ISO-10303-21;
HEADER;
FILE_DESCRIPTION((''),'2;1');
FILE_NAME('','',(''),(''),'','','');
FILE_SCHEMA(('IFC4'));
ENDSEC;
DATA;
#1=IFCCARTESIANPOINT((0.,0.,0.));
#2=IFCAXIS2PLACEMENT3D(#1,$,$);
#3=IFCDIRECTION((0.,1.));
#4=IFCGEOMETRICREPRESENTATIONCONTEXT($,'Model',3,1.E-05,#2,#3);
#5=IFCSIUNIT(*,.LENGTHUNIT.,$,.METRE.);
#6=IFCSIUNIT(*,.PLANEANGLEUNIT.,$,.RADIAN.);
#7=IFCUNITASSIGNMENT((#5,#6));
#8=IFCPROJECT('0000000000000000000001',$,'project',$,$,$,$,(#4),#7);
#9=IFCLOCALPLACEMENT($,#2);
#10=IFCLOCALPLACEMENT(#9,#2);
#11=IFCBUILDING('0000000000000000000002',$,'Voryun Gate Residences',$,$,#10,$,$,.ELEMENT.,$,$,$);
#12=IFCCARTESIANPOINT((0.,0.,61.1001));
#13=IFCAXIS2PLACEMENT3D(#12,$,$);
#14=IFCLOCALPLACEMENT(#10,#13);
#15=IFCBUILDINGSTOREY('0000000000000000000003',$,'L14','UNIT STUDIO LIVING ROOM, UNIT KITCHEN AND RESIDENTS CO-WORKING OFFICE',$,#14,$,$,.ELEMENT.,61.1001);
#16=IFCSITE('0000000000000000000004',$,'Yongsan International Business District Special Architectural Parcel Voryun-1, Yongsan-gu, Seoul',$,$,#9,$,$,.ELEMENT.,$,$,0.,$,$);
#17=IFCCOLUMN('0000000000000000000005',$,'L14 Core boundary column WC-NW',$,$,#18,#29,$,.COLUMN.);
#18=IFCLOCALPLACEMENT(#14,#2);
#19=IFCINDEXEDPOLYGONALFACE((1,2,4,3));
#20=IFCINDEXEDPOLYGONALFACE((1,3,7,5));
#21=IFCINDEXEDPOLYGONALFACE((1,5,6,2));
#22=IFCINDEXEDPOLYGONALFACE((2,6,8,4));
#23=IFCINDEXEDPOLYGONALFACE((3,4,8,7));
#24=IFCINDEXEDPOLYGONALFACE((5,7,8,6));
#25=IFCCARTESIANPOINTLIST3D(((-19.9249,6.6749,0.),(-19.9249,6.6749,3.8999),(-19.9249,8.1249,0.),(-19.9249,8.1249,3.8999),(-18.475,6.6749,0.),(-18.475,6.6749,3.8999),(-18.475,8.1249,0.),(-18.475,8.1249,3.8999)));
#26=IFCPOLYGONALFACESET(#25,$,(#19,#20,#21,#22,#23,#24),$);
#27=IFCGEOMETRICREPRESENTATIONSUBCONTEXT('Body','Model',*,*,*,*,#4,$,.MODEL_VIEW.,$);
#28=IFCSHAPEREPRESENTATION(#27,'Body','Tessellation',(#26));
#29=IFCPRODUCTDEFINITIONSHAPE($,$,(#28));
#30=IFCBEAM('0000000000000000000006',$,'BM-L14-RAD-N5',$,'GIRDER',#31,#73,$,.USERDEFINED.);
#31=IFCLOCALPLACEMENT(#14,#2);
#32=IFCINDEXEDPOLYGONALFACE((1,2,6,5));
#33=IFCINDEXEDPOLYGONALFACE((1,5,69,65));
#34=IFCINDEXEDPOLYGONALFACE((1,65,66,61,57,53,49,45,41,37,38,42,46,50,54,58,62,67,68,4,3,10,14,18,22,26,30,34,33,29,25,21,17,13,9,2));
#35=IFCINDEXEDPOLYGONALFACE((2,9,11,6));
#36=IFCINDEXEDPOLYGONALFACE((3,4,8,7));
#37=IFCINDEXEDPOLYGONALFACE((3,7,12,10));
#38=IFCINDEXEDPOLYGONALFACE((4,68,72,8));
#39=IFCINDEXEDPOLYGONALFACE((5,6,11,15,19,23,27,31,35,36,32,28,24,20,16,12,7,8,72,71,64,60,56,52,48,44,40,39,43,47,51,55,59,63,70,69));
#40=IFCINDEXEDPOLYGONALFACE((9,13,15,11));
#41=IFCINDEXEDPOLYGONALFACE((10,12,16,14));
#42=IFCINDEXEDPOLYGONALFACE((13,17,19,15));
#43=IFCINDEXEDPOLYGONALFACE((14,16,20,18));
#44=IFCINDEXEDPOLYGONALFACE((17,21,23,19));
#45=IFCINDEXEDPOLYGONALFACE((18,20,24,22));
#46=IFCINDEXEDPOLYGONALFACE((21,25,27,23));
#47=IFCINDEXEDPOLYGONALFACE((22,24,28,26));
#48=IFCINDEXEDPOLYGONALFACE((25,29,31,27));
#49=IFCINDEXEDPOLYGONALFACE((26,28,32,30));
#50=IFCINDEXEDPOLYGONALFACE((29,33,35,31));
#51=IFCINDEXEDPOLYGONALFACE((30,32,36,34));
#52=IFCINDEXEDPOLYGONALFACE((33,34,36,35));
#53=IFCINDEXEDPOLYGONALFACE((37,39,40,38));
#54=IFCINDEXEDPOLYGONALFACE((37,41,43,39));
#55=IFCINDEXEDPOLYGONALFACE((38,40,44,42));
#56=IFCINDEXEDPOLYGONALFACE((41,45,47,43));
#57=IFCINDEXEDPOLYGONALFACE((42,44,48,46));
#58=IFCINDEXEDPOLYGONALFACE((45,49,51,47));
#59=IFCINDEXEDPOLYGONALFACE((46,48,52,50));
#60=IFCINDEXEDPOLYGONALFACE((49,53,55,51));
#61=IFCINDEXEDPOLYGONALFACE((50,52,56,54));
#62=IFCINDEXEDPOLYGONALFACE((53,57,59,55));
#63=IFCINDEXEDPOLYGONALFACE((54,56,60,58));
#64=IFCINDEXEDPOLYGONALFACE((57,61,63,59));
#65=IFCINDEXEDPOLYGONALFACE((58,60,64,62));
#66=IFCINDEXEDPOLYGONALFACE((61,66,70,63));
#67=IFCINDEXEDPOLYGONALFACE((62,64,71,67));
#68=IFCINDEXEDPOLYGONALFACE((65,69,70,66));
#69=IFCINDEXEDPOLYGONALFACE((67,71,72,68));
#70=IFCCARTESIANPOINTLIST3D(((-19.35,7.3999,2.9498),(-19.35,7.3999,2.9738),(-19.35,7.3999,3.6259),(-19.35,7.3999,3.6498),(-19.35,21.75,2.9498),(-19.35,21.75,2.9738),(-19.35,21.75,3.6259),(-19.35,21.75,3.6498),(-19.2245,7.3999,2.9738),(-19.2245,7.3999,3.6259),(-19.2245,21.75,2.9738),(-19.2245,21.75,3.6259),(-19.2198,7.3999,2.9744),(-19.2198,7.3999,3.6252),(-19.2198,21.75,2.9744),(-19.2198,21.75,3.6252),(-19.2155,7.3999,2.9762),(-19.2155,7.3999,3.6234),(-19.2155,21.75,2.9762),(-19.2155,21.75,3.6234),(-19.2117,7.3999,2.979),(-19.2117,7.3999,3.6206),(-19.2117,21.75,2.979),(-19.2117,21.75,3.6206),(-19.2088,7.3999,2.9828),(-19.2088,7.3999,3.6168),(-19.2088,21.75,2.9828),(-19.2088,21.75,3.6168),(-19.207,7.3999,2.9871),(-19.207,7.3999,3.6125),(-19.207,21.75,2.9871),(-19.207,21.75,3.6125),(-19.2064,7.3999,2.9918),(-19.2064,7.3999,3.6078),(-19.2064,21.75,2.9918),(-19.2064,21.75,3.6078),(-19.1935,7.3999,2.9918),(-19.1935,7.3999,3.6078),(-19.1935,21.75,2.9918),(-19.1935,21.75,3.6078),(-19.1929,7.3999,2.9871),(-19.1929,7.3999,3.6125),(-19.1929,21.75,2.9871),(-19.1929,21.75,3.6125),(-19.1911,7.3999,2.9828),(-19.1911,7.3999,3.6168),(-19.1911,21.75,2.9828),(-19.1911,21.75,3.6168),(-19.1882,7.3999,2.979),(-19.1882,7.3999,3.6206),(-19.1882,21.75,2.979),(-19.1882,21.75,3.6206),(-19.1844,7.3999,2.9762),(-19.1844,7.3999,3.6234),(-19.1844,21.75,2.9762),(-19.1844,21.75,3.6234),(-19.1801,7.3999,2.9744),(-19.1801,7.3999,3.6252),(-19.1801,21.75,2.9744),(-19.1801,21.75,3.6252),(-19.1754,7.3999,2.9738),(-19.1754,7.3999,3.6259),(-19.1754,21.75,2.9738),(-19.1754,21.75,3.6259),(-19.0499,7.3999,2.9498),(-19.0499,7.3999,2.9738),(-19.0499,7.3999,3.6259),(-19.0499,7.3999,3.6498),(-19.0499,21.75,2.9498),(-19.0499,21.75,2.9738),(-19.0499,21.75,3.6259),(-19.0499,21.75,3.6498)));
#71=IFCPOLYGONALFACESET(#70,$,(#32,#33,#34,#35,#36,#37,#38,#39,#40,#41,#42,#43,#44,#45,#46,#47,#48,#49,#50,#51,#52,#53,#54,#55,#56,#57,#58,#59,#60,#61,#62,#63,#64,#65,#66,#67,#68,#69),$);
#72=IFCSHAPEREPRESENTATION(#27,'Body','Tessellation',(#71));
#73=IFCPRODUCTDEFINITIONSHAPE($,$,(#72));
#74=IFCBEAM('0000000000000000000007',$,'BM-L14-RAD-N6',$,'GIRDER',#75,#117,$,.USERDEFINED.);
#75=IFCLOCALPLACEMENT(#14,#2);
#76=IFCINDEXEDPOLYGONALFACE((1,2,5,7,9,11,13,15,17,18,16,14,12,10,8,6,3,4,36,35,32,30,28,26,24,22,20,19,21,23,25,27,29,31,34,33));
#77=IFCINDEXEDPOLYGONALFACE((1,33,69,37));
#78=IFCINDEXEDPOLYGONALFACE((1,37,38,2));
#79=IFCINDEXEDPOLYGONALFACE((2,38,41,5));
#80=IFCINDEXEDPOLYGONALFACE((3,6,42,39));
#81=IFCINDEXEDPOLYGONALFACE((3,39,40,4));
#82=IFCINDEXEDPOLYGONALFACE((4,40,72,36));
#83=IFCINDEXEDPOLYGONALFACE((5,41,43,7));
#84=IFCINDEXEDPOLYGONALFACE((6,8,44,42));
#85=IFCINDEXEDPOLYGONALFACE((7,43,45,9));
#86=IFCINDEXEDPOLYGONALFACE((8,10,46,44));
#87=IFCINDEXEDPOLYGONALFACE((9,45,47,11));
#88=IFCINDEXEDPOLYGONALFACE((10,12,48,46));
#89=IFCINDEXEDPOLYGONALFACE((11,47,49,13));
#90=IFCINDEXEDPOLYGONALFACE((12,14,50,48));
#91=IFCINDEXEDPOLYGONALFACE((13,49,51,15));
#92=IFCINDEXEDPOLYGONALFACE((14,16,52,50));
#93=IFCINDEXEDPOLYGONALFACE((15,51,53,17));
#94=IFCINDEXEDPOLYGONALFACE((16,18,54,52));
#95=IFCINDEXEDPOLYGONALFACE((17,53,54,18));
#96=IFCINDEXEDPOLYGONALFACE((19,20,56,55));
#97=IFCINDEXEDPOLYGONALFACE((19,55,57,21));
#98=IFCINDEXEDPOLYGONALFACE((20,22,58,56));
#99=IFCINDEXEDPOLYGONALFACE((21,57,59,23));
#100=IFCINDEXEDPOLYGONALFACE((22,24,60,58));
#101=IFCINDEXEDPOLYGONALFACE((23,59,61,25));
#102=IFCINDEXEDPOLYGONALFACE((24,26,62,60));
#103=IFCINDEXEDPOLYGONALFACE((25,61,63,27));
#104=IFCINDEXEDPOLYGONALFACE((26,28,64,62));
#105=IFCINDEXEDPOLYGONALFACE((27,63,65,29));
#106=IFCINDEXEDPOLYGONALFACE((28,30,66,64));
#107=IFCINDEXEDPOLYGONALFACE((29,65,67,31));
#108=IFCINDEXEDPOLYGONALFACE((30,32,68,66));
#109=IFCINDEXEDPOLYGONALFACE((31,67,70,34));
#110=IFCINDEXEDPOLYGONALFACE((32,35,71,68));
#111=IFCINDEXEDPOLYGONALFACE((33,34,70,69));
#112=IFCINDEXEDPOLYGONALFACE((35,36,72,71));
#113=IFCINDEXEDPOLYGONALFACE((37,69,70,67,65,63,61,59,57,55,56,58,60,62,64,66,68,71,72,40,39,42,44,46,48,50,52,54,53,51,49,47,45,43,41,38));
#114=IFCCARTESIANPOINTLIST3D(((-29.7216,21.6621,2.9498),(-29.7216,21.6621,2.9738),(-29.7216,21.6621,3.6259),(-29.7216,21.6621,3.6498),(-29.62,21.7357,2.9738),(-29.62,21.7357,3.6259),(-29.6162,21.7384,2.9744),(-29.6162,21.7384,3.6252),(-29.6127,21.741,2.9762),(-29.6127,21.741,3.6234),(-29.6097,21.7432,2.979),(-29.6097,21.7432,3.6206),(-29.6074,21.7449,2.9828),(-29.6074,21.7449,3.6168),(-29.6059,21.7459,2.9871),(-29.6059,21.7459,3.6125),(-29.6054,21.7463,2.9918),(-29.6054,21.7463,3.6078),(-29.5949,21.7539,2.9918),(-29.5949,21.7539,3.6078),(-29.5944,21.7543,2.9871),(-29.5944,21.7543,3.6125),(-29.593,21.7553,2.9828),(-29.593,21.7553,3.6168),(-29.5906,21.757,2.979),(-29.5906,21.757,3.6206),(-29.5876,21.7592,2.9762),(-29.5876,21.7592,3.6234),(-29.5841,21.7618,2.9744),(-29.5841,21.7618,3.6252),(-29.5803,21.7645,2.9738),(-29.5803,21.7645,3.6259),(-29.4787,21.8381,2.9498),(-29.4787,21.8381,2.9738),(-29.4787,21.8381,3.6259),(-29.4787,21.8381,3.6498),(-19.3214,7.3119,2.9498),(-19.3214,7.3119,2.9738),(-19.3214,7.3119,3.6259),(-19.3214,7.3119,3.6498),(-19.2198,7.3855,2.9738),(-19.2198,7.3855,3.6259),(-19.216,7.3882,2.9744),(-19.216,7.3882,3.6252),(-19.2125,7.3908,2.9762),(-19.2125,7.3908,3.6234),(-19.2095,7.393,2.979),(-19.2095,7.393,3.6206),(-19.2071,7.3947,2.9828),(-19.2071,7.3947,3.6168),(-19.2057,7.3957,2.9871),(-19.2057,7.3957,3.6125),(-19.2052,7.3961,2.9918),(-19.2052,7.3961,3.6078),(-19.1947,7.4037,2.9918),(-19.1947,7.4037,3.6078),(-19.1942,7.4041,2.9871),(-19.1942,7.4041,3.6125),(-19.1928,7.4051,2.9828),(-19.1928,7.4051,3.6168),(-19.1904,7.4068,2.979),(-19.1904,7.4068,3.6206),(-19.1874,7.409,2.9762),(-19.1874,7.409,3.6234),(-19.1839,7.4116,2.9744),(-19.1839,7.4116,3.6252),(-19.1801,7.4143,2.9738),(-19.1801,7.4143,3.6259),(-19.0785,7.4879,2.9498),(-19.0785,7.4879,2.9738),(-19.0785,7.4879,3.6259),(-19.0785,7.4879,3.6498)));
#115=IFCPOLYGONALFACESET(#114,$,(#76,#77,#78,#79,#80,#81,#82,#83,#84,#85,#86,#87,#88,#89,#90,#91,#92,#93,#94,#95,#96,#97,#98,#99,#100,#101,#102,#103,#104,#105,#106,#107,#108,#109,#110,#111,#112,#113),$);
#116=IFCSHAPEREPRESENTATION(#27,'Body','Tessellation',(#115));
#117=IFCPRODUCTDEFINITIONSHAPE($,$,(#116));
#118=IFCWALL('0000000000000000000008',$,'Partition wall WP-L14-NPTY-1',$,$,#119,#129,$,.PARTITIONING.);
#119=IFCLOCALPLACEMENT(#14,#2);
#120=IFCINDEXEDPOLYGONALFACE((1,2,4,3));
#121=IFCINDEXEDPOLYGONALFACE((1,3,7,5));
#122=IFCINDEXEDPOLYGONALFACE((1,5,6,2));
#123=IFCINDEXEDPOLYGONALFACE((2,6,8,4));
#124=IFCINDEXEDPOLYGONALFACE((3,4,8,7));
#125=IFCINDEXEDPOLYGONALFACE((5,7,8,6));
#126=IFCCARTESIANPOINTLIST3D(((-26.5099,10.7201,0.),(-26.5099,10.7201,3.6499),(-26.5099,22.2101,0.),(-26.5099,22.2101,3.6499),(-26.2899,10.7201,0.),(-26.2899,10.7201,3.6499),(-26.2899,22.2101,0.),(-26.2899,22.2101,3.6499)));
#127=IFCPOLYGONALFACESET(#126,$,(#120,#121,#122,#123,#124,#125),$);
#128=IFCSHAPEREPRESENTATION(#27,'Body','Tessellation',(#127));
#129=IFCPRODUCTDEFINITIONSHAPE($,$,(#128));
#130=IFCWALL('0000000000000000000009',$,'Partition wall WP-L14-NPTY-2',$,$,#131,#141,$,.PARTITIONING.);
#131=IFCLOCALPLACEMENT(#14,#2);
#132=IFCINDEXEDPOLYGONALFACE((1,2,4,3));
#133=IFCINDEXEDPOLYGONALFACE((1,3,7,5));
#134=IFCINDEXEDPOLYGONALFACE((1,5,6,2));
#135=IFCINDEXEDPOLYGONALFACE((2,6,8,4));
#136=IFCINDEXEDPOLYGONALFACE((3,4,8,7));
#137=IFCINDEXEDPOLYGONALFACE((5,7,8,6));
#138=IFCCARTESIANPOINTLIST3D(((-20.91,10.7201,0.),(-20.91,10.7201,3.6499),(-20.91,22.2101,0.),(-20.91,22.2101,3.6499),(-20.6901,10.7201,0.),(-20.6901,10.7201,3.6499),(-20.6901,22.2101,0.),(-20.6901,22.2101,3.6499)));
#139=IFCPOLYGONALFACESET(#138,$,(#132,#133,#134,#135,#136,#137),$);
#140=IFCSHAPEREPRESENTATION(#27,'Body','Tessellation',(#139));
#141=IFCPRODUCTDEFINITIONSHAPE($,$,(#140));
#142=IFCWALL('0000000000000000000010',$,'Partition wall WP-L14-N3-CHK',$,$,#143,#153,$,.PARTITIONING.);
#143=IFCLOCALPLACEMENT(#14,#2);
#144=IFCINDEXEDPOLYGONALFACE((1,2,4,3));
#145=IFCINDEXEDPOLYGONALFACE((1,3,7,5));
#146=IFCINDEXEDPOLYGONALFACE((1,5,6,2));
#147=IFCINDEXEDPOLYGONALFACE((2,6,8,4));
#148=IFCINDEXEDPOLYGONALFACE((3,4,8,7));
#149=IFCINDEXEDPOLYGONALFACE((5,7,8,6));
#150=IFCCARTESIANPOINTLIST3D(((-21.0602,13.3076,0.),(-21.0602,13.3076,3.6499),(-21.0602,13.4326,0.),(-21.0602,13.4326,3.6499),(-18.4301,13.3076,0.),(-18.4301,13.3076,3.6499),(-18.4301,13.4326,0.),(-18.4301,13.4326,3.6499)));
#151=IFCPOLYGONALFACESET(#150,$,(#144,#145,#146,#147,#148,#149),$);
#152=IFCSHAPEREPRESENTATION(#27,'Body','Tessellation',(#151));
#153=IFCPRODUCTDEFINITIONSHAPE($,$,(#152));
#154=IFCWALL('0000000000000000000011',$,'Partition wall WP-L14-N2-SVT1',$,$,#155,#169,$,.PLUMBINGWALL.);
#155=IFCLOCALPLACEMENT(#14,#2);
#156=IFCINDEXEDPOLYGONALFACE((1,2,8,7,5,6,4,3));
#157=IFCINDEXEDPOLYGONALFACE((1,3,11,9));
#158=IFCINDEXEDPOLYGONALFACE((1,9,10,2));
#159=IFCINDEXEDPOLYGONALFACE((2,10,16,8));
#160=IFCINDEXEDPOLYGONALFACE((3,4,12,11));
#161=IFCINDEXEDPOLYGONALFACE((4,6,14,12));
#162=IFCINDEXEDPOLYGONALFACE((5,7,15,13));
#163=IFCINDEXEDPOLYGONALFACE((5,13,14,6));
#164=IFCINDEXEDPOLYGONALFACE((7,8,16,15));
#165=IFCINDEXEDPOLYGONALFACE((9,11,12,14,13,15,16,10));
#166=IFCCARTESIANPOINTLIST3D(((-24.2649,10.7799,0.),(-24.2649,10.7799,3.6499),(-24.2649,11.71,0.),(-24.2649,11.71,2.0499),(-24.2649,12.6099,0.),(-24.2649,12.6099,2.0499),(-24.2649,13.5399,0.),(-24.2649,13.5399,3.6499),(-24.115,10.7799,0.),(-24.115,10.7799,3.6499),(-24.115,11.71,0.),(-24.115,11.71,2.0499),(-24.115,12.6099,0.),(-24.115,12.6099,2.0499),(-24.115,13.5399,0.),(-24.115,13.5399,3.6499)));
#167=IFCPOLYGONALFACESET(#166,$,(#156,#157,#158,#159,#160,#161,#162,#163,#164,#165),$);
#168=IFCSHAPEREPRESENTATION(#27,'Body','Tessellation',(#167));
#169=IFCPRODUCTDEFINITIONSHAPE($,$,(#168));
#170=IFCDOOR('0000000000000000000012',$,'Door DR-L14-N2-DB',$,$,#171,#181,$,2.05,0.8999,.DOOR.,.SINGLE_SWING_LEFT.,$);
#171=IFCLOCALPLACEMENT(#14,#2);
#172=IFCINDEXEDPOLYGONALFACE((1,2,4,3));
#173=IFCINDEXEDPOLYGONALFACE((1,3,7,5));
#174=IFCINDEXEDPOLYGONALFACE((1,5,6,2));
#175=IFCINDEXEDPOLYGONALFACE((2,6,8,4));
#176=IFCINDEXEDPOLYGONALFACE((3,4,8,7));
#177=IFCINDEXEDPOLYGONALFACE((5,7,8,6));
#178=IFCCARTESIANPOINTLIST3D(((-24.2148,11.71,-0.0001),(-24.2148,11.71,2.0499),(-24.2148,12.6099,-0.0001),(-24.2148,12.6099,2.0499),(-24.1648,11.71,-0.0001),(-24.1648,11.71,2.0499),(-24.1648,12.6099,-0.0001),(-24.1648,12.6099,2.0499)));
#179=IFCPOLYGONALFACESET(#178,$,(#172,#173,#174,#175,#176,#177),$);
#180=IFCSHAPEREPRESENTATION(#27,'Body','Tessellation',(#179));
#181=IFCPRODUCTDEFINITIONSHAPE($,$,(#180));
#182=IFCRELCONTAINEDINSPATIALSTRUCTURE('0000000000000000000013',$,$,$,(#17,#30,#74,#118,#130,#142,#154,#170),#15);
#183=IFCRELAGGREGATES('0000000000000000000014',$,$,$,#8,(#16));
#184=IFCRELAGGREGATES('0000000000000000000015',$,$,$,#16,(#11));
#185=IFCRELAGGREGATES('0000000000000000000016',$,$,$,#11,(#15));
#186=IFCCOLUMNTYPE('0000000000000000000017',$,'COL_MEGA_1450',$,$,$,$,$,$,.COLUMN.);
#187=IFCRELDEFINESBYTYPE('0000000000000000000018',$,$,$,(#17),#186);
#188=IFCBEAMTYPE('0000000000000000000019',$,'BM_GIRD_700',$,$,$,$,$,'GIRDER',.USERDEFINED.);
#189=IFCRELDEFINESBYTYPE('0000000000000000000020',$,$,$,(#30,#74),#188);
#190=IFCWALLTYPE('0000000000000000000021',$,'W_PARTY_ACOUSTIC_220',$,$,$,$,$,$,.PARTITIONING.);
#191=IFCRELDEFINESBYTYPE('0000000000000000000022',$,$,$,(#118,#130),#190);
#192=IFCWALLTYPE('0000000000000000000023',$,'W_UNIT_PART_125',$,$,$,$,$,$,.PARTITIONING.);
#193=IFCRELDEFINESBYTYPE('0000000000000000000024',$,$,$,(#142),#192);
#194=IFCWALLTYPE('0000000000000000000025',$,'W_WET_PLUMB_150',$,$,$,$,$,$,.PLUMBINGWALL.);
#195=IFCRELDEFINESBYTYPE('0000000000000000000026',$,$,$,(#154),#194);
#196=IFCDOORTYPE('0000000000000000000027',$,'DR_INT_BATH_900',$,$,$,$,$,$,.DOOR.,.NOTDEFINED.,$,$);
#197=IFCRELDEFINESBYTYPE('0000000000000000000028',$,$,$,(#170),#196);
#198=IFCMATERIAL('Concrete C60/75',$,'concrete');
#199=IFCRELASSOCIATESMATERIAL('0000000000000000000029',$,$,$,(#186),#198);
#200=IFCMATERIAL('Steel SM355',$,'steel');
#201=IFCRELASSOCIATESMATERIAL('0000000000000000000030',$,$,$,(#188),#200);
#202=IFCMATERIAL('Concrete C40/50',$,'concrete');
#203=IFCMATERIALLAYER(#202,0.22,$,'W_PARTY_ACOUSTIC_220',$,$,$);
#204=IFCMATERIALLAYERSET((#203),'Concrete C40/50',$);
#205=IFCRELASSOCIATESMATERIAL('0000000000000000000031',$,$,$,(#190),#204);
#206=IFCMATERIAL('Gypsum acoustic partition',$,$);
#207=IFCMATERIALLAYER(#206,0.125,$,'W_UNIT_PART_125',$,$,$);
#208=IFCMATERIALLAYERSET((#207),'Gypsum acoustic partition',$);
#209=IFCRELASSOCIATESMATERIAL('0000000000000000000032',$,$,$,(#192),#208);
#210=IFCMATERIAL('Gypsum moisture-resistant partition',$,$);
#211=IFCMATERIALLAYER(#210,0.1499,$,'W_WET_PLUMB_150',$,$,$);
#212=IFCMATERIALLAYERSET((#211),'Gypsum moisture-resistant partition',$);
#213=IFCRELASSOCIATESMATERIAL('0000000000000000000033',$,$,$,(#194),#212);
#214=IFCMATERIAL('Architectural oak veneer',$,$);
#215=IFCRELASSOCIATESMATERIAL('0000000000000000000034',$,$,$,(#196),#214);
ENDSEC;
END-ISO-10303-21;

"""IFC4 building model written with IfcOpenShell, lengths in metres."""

from ifc_helpers import new_model, si_unit, direction, frame, frame_2d, origin, origin_2d, place, context, subcontext, project, spatial, rectangle, i_section, extrude, material, layer, layer_set, material_profile, profile_set, type_object, element, fill, save


model = new_model("IFC4")

# Units and contexts
model_context = context("Model", 3, precision=1e-05, world=origin(), true_north=direction((0.0, 1.0)))
body_context = subcontext(model_context, "Body", "Model", "MODEL_VIEW")
ifc_project = project(units=[si_unit("LENGTHUNIT", "METRE"), si_unit("PLANEANGLEUNIT", "RADIAN")], contexts=[model_context])

# Site, building, storey
site_placement = place(None, origin())
site = spatial("IfcSite", under=ifc_project, at=site_placement, Name="Yongsan International Business District Special Architectural Parcel Voryun-1, Yongsan-gu, Seoul", CompositionType="ELEMENT", RefElevation=0.0)
building_placement = place(site_placement, origin())
building = spatial("IfcBuilding", under=site, at=building_placement, Name="Voryun Gate Residences", CompositionType="ELEMENT")
storey_placement = place(building_placement, frame((0.0, 0.0, 61.1001)))
storey = spatial("IfcBuildingStorey", under=building, at=storey_placement, Name="L14", Description="UNIT STUDIO LIVING ROOM, UNIT KITCHEN AND RESIDENTS CO-WORKING OFFICE", CompositionType="ELEMENT", Elevation=61.1001)

# Column
ifc_material_1 = material(Name="Concrete C60/75", Category="concrete")
ifc_material_profile_1 = material_profile(ifc_material_1, rectangle(XDim=1.45, YDim=1.45, at=origin_2d()), Name="RC-1450x1450")
ifc_profile_set_1 = profile_set([ifc_material_profile_1], Name="Concrete C60/75")
column_type = type_object("IfcColumnType", Name="COL_MEGA_1450", PredefinedType="COLUMN", material=ifc_profile_set_1)
column_placement = place(storey_placement, frame((-19.2, 7.3999, 0.0), z_axis=(0.0, 0.0, 1.0), x_axis=(1.0, 0.0, 0.0)))
element("IfcColumn", 1, at=column_placement, inside=storey, type_object=column_type, Name="L14 Core boundary column WC-NW", PredefinedType="COLUMN", context=body_context, shape_type="SweptSolid", body=[
    extrude(rectangle(XDim=1.45, YDim=1.45, at=origin_2d()), origin(), (0.0, 0.0, 1.0), 3.8999),
])

# Beams
ifc_material_2 = material(Name="Steel SM355", Category="steel")
ifc_material_profile_2 = material_profile(ifc_material_2, i_section(OverallWidth=0.3, OverallDepth=0.7, WebThickness=0.0129, FlangeThickness=0.0239, FilletRadius=0.0181, at=origin_2d()), Name="H-700x300x13x24")
ifc_profile_set_2 = profile_set([ifc_material_profile_2], Name="Steel SM355")
beam_type = type_object("IfcBeamType", Name="BM_GIRD_700", ElementType="GIRDER", PredefinedType="USERDEFINED", material=ifc_profile_set_2)
beam_1_placement = place(storey_placement, frame((-19.2, 7.3999, 3.2998), z_axis=(0.0, 1.0, 0.0), x_axis=(-1.0, 0.0, 0.0)))
element("IfcBeam", 2, at=beam_1_placement, inside=storey, type_object=beam_type, Name="BM-L14-RAD-N5", ObjectType="GIRDER", PredefinedType="USERDEFINED", context=body_context, shape_type="SweptSolid", body=[
    extrude(i_section(OverallWidth=0.3, OverallDepth=0.7, WebThickness=0.0129, FlangeThickness=0.0239, FilletRadius=0.0181, at=origin_2d()), origin(), (0.0, 0.0, 1.0), 14.3501),
])
beam_2_placement = place(storey_placement, frame((-19.2, 7.3999, 3.2998), z_axis=(-0.586832, 0.809709, 0.0), x_axis=(-0.809709, -0.586832, 0.0)))
element("IfcBeam", 3, at=beam_2_placement, inside=storey, type_object=beam_type, Name="BM-L14-RAD-N6", ObjectType="GIRDER", PredefinedType="USERDEFINED", context=body_context, shape_type="SweptSolid", body=[
    extrude(i_section(OverallWidth=0.3, OverallDepth=0.7, WebThickness=0.0129, FlangeThickness=0.0239, FilletRadius=0.0181, at=origin_2d()), origin(), (0.0, 0.0, 1.0), 17.7227),
])

# Walls
ifc_material_3 = material(Name="Concrete C40/50", Category="concrete")
ifc_layer_1 = layer(ifc_material_3, 0.22, Name="W_PARTY_ACOUSTIC_220")
ifc_layer_set_1 = layer_set([ifc_layer_1], Name="Concrete C40/50")
wall_type_1 = type_object("IfcWallType", Name="W_PARTY_ACOUSTIC_220", PredefinedType="PARTITIONING", material=ifc_layer_set_1)
for number, where, z_axis, x_axis, name in (
    (4, (-26.3999, 10.72, 0.0), (0.0, 0.0, 1.0), (0.0, 1.0, 0.0), "Partition wall WP-L14-NPTY-1"),
    (5, (-20.8, 10.72, 0.0), (0.0, 0.0, 1.0), (0.0, 1.0, 0.0), "Partition wall WP-L14-NPTY-2"),
):
    element("IfcWall", number, at=place(storey_placement, frame(where, z_axis=z_axis, x_axis=x_axis)), inside=storey, type_object=wall_type_1, Name=name, PredefinedType="PARTITIONING", context=body_context, shape_type="SweptSolid", body=[
        extrude(rectangle(XDim=11.49, YDim=0.22, at=frame_2d((5.7451, 0.0))), origin(), (0.0, 0.0, 1.0), 3.6499),
    ])
ifc_material_4 = material(Name="Gypsum acoustic partition")
ifc_layer_2 = layer(ifc_material_4, 0.125, Name="W_UNIT_PART_125")
ifc_layer_set_2 = layer_set([ifc_layer_2], Name="Gypsum acoustic partition")
wall_type_2 = type_object("IfcWallType", Name="W_UNIT_PART_125", PredefinedType="PARTITIONING", material=ifc_layer_set_2)
wall_1_placement = place(storey_placement, frame((-21.0601, 13.3701, 0.0), z_axis=(0.0, 0.0, 1.0), x_axis=(1.0, 0.0, 0.0)))
element("IfcWall", 6, at=wall_1_placement, inside=storey, type_object=wall_type_2, Name="Partition wall WP-L14-N3-CHK", PredefinedType="PARTITIONING", context=body_context, shape_type="SweptSolid", body=[
    extrude(rectangle(XDim=2.6301, YDim=0.125, at=frame_2d((1.3149, 0.0))), origin(), (0.0, 0.0, 1.0), 3.6499),
])

# Wall, opening, door
ifc_material_5 = material(Name="Gypsum moisture-resistant partition")
ifc_layer_3 = layer(ifc_material_5, 0.1499, Name="W_WET_PLUMB_150")
ifc_layer_set_3 = layer_set([ifc_layer_3], Name="Gypsum moisture-resistant partition")
wall_type_3 = type_object("IfcWallType", Name="W_WET_PLUMB_150", PredefinedType="PLUMBINGWALL", material=ifc_layer_set_3)
wall_2_placement = place(storey_placement, frame((-24.1899, 10.78, 0.0), z_axis=(0.0, 0.0, 1.0), x_axis=(0.0, 1.0, 0.0)))
wall_2 = element("IfcWall", 7, at=wall_2_placement, inside=storey, type_object=wall_type_3, Name="Partition wall WP-L14-N2-SVT1", PredefinedType="PLUMBINGWALL", context=body_context, shape_type="SweptSolid", body=[
    extrude(rectangle(XDim=2.76, YDim=0.1499, at=frame_2d((1.3799, 0.0))), origin(), (0.0, 0.0, 1.0), 3.6499),
])
opening_placement = place(wall_2_placement, frame((0.9299, 0.0, 0.0)))
opening = element("IfcOpeningElement", 8, at=opening_placement, cuts=wall_2, PredefinedType="OPENING", context=body_context, shape_type="SweptSolid", body=[
    extrude(rectangle(XDim=0.8999, YDim=2.05, at=frame_2d((0.45, 1.0249))), frame((0.0, 0.085, 0.0), z_axis=(0.0, -1.0, 0.0), x_axis=(1.0, 0.0, 0.0)), (0.0, 0.0, 1.0), 0.1699),
])
ifc_material_6 = material(Name="Architectural oak veneer")
door_type = type_object("IfcDoorType", Name="DR_INT_BATH_900", OperationType="NOTDEFINED", PredefinedType="DOOR", material=ifc_material_6)
door_placement = place(opening_placement, origin())
door = element("IfcDoor", 9, at=door_placement, inside=storey, type_object=door_type, Name="Door DR-L14-N2-DB", OperationType="SINGLE_SWING_LEFT", OverallHeight=2.05, OverallWidth=0.8999, PredefinedType="DOOR", context=body_context, shape_type="SweptSolid", body=[
    extrude(rectangle(XDim=0.8999, YDim=2.05, at=frame_2d((0.45, 1.0249))), frame((0.0, 0.0249, 0.0), z_axis=(0.0, -1.0, 0.0), x_axis=(1.0, 0.0, 0.0)), (0.0, 0.0, 1.0), 0.05),
])
fill(opening, door)

save(model, "model.ifc")
